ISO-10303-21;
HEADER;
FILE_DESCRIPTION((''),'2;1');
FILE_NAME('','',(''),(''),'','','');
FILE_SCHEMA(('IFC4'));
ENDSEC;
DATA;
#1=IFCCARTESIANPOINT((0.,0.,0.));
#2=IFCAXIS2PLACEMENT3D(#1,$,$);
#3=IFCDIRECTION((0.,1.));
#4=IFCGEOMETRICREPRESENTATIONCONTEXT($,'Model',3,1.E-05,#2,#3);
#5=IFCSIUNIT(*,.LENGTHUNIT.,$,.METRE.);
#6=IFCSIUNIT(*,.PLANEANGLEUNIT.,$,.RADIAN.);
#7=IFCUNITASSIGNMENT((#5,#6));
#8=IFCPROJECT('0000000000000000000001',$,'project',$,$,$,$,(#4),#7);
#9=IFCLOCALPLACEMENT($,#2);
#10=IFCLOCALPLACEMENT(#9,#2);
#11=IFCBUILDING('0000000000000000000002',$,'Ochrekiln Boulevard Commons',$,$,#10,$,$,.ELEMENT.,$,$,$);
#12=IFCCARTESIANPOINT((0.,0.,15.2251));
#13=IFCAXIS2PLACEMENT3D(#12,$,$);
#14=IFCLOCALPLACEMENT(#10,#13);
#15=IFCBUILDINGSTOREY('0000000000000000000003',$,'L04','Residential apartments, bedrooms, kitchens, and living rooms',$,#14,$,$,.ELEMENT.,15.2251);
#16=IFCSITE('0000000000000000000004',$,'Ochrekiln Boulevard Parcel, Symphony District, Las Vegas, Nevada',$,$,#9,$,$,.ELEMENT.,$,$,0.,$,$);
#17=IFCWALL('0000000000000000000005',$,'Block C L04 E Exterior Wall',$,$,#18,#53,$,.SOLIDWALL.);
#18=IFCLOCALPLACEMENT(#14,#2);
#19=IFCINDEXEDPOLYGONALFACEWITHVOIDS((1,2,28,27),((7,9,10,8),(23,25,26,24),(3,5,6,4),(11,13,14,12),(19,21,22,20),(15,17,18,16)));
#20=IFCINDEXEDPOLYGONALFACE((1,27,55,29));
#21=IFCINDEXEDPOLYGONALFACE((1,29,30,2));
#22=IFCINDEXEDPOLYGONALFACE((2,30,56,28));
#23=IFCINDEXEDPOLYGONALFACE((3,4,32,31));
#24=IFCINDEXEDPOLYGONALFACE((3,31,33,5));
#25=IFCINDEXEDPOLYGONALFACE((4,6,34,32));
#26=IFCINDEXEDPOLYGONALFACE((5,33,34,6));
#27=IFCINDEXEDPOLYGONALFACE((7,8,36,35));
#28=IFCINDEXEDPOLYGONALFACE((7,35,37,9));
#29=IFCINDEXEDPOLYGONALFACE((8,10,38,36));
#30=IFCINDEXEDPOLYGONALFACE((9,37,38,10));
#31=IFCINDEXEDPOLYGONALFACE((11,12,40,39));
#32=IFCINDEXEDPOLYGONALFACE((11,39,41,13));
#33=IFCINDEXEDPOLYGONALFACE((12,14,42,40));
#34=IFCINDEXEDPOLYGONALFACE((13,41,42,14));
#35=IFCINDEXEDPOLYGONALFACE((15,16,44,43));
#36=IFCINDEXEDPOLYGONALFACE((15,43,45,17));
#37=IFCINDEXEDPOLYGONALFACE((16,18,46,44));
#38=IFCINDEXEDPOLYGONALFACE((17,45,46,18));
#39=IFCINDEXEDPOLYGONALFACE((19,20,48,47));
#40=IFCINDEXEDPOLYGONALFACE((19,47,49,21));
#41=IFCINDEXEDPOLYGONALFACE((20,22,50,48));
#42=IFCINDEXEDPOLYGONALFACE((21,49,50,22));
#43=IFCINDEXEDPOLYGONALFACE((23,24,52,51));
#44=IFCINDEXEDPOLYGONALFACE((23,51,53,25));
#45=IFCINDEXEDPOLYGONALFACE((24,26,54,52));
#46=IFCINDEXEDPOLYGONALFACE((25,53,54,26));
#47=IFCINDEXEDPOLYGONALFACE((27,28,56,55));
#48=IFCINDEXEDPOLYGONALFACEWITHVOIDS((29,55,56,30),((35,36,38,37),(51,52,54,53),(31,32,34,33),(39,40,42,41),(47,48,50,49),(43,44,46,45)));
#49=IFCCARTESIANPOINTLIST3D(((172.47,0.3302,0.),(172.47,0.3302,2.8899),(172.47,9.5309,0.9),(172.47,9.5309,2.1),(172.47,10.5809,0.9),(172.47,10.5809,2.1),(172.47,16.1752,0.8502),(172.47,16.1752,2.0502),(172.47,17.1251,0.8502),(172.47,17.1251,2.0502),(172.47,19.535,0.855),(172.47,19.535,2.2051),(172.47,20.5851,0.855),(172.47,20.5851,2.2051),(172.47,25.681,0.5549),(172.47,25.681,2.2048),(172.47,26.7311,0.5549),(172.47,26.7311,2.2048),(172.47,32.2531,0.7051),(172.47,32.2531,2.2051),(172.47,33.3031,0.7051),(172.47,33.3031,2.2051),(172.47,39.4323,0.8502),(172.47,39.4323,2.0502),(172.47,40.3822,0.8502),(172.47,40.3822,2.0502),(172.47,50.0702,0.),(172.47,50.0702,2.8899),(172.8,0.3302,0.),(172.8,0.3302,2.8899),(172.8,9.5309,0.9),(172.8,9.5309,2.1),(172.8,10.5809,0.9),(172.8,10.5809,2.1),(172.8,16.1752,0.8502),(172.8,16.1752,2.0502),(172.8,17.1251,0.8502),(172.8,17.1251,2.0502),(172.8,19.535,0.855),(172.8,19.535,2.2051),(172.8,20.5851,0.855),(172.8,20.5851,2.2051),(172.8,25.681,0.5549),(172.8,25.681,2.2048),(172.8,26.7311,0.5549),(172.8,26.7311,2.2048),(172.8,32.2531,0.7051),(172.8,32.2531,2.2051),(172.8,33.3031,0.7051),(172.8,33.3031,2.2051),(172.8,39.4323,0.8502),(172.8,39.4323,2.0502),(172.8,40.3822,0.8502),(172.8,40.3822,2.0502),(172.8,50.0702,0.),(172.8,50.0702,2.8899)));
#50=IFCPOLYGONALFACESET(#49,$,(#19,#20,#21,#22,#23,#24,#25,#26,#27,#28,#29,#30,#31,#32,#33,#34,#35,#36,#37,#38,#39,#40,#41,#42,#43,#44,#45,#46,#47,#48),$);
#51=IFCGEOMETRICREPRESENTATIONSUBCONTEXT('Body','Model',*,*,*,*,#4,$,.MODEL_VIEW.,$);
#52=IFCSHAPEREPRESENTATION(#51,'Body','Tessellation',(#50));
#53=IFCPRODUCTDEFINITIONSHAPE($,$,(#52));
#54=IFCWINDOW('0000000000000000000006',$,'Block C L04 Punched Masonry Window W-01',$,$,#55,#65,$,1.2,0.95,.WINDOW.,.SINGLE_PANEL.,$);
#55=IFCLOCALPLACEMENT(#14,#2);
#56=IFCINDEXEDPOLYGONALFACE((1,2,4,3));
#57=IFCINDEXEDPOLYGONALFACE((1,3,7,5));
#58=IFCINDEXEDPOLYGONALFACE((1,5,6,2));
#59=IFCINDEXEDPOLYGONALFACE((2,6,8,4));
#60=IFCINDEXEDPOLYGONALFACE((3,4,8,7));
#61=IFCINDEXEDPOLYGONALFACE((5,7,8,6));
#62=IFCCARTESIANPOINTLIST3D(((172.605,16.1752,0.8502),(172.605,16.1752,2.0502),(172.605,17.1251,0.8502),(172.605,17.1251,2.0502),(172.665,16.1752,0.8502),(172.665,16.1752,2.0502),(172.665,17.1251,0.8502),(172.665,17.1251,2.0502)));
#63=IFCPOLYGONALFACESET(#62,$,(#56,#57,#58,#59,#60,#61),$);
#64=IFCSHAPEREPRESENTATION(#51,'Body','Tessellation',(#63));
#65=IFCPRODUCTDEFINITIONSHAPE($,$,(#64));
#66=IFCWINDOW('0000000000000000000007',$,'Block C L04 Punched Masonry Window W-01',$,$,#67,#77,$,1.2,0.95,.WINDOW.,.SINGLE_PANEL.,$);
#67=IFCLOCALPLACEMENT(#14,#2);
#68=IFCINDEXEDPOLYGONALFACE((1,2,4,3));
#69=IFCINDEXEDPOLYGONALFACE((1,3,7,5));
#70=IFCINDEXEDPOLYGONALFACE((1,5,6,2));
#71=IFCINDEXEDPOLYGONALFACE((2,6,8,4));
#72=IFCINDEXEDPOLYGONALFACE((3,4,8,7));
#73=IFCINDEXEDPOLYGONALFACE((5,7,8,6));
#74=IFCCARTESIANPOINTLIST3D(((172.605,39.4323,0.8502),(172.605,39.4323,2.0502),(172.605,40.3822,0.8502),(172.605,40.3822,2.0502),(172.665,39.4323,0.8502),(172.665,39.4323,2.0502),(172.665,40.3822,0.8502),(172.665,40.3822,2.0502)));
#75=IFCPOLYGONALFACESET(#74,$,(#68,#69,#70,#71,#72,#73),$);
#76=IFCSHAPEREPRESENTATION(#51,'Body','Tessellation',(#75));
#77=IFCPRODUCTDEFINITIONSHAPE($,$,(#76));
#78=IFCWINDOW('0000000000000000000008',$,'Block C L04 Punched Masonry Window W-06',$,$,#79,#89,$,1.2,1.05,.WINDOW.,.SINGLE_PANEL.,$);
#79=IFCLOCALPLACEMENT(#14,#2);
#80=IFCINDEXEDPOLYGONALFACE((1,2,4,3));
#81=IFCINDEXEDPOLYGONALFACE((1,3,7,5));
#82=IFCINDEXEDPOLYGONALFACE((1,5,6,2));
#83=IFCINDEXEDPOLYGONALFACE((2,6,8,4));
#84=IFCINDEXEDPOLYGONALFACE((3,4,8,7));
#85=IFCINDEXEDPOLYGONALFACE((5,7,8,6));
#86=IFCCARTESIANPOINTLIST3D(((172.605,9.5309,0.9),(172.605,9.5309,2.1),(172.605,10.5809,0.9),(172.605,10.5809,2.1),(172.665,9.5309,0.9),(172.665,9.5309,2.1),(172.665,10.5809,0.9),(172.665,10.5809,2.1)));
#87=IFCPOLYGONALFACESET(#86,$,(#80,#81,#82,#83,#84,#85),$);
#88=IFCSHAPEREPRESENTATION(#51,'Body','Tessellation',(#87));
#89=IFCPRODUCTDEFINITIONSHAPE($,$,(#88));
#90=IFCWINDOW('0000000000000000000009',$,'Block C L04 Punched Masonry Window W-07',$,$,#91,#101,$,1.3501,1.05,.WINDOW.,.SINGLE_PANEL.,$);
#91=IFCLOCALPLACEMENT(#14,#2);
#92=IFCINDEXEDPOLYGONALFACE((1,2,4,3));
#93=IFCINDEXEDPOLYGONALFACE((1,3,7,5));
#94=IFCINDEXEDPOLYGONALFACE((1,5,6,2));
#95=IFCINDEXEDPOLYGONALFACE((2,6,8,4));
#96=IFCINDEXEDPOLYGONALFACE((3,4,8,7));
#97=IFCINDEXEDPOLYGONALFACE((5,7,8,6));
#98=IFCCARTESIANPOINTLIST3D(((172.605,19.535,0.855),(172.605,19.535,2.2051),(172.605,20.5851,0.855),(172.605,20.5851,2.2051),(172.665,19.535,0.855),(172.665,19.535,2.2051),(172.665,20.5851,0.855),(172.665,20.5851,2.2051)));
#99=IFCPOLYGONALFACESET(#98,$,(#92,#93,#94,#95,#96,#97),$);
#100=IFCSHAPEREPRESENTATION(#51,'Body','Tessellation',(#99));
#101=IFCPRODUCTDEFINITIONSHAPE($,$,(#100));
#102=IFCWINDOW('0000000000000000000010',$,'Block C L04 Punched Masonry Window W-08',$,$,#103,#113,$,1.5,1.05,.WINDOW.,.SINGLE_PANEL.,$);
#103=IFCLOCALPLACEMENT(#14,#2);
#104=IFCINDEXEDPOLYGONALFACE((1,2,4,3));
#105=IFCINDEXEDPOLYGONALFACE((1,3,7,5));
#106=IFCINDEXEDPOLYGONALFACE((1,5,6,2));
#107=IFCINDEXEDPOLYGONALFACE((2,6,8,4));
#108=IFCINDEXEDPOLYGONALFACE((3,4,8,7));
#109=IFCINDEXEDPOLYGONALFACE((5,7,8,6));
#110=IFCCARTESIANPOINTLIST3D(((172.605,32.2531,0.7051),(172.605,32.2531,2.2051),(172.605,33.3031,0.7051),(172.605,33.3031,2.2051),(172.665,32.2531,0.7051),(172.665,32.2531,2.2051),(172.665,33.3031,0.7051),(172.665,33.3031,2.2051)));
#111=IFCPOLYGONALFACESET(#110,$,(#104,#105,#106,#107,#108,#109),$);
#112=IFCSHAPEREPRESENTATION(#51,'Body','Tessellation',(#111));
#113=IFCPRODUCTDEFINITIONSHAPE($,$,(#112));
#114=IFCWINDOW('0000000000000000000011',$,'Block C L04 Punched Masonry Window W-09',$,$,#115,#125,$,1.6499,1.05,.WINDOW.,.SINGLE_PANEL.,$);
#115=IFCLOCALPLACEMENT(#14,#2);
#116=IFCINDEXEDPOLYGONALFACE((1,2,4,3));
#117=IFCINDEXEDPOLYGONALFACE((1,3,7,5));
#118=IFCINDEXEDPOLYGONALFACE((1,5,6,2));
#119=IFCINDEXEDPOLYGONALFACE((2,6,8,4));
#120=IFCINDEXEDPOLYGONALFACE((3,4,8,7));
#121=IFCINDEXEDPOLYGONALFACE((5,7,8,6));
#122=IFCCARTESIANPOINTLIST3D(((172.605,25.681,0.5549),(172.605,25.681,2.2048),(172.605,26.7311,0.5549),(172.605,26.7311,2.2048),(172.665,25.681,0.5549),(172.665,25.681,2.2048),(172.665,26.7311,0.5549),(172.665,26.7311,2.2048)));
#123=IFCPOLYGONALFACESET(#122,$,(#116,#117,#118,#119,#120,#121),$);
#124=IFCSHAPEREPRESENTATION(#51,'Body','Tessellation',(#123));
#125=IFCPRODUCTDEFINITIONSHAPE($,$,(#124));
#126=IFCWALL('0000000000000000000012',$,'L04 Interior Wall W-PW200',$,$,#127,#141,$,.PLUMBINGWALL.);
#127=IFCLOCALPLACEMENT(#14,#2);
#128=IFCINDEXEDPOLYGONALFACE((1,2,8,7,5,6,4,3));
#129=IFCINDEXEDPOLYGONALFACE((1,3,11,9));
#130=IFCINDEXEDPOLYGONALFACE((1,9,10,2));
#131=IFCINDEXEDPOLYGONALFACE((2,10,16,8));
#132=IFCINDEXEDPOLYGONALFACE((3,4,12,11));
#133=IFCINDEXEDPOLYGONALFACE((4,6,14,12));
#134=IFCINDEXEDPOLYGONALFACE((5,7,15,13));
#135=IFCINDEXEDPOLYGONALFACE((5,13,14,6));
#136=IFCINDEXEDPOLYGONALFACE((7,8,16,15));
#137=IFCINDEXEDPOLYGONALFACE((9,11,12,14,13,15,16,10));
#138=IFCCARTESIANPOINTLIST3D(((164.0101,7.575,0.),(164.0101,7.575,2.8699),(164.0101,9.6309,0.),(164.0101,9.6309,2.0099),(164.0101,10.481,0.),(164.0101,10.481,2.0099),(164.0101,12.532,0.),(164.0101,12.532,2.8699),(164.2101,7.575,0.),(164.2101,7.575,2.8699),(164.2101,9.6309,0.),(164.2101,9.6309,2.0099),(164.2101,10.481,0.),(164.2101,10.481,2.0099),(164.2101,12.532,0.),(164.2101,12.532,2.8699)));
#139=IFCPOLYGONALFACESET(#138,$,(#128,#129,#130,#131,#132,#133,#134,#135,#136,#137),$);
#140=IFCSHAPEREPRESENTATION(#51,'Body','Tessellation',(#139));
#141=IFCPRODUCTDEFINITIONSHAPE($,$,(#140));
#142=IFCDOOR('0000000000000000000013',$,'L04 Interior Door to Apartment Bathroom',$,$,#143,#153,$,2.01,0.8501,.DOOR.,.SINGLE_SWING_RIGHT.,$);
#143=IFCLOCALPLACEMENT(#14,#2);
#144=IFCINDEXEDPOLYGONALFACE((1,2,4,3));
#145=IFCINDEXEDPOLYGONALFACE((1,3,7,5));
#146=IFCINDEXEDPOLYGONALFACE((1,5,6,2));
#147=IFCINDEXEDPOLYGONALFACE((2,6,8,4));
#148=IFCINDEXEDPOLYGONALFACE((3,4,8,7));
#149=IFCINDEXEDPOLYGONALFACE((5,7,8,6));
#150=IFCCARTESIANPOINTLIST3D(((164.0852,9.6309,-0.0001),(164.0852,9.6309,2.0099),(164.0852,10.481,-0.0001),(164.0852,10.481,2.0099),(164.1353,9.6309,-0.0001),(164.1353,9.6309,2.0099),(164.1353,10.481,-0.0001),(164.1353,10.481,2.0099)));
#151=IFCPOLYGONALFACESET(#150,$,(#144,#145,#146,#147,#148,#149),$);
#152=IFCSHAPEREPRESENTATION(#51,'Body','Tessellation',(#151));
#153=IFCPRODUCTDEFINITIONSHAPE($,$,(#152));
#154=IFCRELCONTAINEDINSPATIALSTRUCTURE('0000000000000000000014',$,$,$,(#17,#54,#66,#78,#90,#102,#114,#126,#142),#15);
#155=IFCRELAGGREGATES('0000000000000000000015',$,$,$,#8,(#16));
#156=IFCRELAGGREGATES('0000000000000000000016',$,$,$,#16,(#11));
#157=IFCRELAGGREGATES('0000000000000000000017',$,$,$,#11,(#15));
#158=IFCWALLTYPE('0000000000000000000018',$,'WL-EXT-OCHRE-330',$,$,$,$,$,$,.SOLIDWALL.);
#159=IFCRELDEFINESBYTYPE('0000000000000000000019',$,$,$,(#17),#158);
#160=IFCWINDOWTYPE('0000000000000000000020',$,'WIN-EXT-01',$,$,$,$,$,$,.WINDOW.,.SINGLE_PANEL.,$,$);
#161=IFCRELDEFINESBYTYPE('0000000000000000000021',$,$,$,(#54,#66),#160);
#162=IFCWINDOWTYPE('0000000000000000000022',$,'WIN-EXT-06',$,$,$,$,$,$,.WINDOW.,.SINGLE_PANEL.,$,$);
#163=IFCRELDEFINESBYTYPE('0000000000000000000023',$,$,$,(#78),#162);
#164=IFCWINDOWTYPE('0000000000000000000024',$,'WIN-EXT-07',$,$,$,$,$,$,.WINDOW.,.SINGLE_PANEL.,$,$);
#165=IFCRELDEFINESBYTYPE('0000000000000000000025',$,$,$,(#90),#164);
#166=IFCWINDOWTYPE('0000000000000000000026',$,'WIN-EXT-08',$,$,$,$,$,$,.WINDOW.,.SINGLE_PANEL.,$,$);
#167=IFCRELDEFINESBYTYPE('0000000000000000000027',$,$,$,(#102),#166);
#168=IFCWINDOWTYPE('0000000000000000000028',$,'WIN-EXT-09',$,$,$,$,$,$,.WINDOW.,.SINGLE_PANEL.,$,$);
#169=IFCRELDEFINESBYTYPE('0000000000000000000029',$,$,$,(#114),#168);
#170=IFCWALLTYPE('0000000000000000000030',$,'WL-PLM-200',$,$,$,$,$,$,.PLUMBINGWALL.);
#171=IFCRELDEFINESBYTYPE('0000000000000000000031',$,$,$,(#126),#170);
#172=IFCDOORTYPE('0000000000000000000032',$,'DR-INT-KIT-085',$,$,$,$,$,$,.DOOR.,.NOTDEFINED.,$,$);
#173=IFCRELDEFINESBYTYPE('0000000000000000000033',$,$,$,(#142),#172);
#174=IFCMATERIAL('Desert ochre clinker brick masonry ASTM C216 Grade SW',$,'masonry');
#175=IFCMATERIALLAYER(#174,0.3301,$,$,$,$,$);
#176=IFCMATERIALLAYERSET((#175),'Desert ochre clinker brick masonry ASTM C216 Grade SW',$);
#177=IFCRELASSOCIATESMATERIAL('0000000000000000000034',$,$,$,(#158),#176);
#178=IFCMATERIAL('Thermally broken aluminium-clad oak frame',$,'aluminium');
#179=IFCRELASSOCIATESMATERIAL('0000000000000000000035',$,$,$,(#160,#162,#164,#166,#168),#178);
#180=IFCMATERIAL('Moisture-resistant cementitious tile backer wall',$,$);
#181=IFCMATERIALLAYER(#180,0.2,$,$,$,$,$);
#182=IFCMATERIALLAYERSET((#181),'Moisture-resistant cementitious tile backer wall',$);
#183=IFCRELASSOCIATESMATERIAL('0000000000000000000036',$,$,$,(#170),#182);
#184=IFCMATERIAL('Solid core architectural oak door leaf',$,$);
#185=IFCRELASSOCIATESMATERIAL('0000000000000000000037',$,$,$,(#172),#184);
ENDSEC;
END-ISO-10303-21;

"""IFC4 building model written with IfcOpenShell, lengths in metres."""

from ifc_helpers import new_model, si_unit, direction, frame, frame_2d, origin, place, context, subcontext, project, spatial, rectangle, extrude, material, layer, layer_set, type_object, element, fill, save


model = new_model("IFC4")

# Units and contexts
model_context = context("Model", 3, precision=1e-05, world=origin(), true_north=direction((0.0, 1.0)))
body_context = subcontext(model_context, "Body", "Model", "MODEL_VIEW")
ifc_project = project(units=[si_unit("LENGTHUNIT", "METRE"), si_unit("PLANEANGLEUNIT", "RADIAN")], contexts=[model_context])

# Site, building, storey
site_placement = place(None, origin())
site = spatial("IfcSite", under=ifc_project, at=site_placement, Name="Ochrekiln Boulevard Parcel, Symphony District, Las Vegas, Nevada", CompositionType="ELEMENT", RefElevation=0.0)
building_placement = place(site_placement, origin())
building = spatial("IfcBuilding", under=site, at=building_placement, Name="Ochrekiln Boulevard Commons", CompositionType="ELEMENT")
storey_placement = place(building_placement, frame((0.0, 0.0, 15.2251)))
storey = spatial("IfcBuildingStorey", under=building, at=storey_placement, Name="L04", Description="Residential apartments, bedrooms, kitchens, and living rooms", CompositionType="ELEMENT", Elevation=15.2251)

# Wall, openings, windows
ifc_material_1 = material(Name="Desert ochre clinker brick masonry ASTM C216 Grade SW", Category="masonry")
ifc_layer_1 = layer(ifc_material_1, 0.3301)
ifc_layer_set_1 = layer_set([ifc_layer_1], Name="Desert ochre clinker brick masonry ASTM C216 Grade SW")
wall_type_1 = type_object("IfcWallType", Name="WL-EXT-OCHRE-330", PredefinedType="SOLIDWALL", material=ifc_layer_set_1)
wall_1_placement = place(storey_placement, frame((172.635, 0.3301, 0.0), z_axis=(0.0, 0.0, 1.0), x_axis=(0.0, 1.0, 0.0)))
wall_1 = element("IfcWall", 1, at=wall_1_placement, inside=storey, type_object=wall_type_1, Name="Block C L04 E Exterior Wall", PredefinedType="SOLIDWALL", context=body_context, shape_type="SweptSolid", body=[
    extrude(rectangle(XDim=49.74, YDim=0.3301, at=frame_2d((24.8701, 0.0))), origin(), (0.0, 0.0, 1.0), 2.8899),
])
opening_1_placement = place(wall_1_placement, frame((15.845, 0.0, 0.8501)))
opening_1 = element("IfcOpeningElement", 2, at=opening_1_placement, cuts=wall_1, PredefinedType="OPENING", context=body_context, shape_type="SweptSolid", body=[
    extrude(rectangle(XDim=0.95, YDim=1.2, at=frame_2d((0.4751, 0.6001))), frame((0.0, 0.175, 0.0), z_axis=(0.0, -1.0, 0.0), x_axis=(1.0, 0.0, 0.0)), (0.0, 0.0, 1.0), 0.3501),
])
opening_2_placement = place(wall_1_placement, frame((9.2009, 0.0, 0.8999)))
opening_2 = element("IfcOpeningElement", 3, at=opening_2_placement, cuts=wall_1, PredefinedType="OPENING", context=body_context, shape_type="SweptSolid", body=[
    extrude(rectangle(XDim=1.05, YDim=1.2, at=frame_2d((0.5249, 0.6001))), frame((0.0, 0.175, 0.0), z_axis=(0.0, -1.0, 0.0), x_axis=(1.0, 0.0, 0.0)), (0.0, 0.0, 1.0), 0.3501),
])
opening_3_placement = place(wall_1_placement, frame((19.2051, 0.0, 0.855)))
opening_3 = element("IfcOpeningElement", 4, at=opening_3_placement, cuts=wall_1, PredefinedType="OPENING", context=body_context, shape_type="SweptSolid", body=[
    extrude(rectangle(XDim=1.05, YDim=1.3501, at=frame_2d((0.5249, 0.675))), frame((0.0, 0.175, 0.0), z_axis=(0.0, -1.0, 0.0), x_axis=(1.0, 0.0, 0.0)), (0.0, 0.0, 1.0), 0.3501),
])
opening_4_placement = place(wall_1_placement, frame((31.9231, 0.0, 0.7051)))
opening_4 = element("IfcOpeningElement", 5, at=opening_4_placement, cuts=wall_1, PredefinedType="OPENING", context=body_context, shape_type="SweptSolid", body=[
    extrude(rectangle(XDim=1.05, YDim=1.5, at=frame_2d((0.5249, 0.75))), frame((0.0, 0.175, 0.0), z_axis=(0.0, -1.0, 0.0), x_axis=(1.0, 0.0, 0.0)), (0.0, 0.0, 1.0), 0.3501),
])
opening_5_placement = place(wall_1_placement, frame((25.3511, 0.0, 0.5549)))
opening_5 = element("IfcOpeningElement", 6, at=opening_5_placement, cuts=wall_1, PredefinedType="OPENING", context=body_context, shape_type="SweptSolid", body=[
    extrude(rectangle(XDim=1.05, YDim=1.6499, at=frame_2d((0.5249, 0.825))), frame((0.0, 0.175, 0.0), z_axis=(0.0, -1.0, 0.0), x_axis=(1.0, 0.0, 0.0)), (0.0, 0.0, 1.0), 0.3501),
])
opening_6_placement = place(wall_1_placement, frame((39.1021, 0.0, 0.8501)))
opening_6 = element("IfcOpeningElement", 7, at=opening_6_placement, cuts=wall_1, PredefinedType="OPENING", context=body_context, shape_type="SweptSolid", body=[
    extrude(rectangle(XDim=0.95, YDim=1.2, at=frame_2d((0.4751, 0.6001))), frame((0.0, 0.175, 0.0), z_axis=(0.0, -1.0, 0.0), x_axis=(1.0, 0.0, 0.0)), (0.0, 0.0, 1.0), 0.3501),
])
ifc_material_2 = material(Name="Thermally broken aluminium-clad oak frame", Category="aluminium")
window_type_1 = type_object("IfcWindowType", Name="WIN-EXT-01", PartitioningType="SINGLE_PANEL", PredefinedType="WINDOW", material=ifc_material_2)
window_1_placement = place(opening_1_placement, origin())
window_1 = element("IfcWindow", 8, at=window_1_placement, inside=storey, type_object=window_type_1, Name="Block C L04 Punched Masonry Window W-01", OverallHeight=1.2, OverallWidth=0.95, PartitioningType="SINGLE_PANEL", PredefinedType="WINDOW", context=body_context, shape_type="SweptSolid", body=[
    extrude(rectangle(XDim=0.95, YDim=1.2, at=frame_2d((0.4751, 0.6001))), frame((0.0, 0.03, 0.0), z_axis=(0.0, -1.0, 0.0), x_axis=(1.0, 0.0, 0.0)), (0.0, 0.0, 1.0), 0.0601),
])
fill(opening_1, window_1)
window_2_placement = place(opening_6_placement, origin())
window_2 = element("IfcWindow", 9, at=window_2_placement, inside=storey, type_object=window_type_1, Name="Block C L04 Punched Masonry Window W-01", OverallHeight=1.2, OverallWidth=0.95, PartitioningType="SINGLE_PANEL", PredefinedType="WINDOW", context=body_context, shape_type="SweptSolid", body=[
    extrude(rectangle(XDim=0.95, YDim=1.2, at=frame_2d((0.4751, 0.6001))), frame((0.0, 0.03, 0.0), z_axis=(0.0, -1.0, 0.0), x_axis=(1.0, 0.0, 0.0)), (0.0, 0.0, 1.0), 0.0601),
])
fill(opening_6, window_2)
window_type_2 = type_object("IfcWindowType", Name="WIN-EXT-06", PartitioningType="SINGLE_PANEL", PredefinedType="WINDOW", material=ifc_material_2)
window_3_placement = place(opening_2_placement, origin())
window_3 = element("IfcWindow", 10, at=window_3_placement, inside=storey, type_object=window_type_2, Name="Block C L04 Punched Masonry Window W-06", OverallHeight=1.2, OverallWidth=1.05, PartitioningType="SINGLE_PANEL", PredefinedType="WINDOW", context=body_context, shape_type="SweptSolid", body=[
    extrude(rectangle(XDim=1.05, YDim=1.2, at=frame_2d((0.5249, 0.6001))), frame((0.0, 0.03, 0.0), z_axis=(0.0, -1.0, 0.0), x_axis=(1.0, 0.0, 0.0)), (0.0, 0.0, 1.0), 0.0601),
])
fill(opening_2, window_3)
window_type_3 = type_object("IfcWindowType", Name="WIN-EXT-07", PartitioningType="SINGLE_PANEL", PredefinedType="WINDOW", material=ifc_material_2)
window_4_placement = place(opening_3_placement, origin())
window_4 = element("IfcWindow", 11, at=window_4_placement, inside=storey, type_object=window_type_3, Name="Block C L04 Punched Masonry Window W-07", OverallHeight=1.3501, OverallWidth=1.05, PartitioningType="SINGLE_PANEL", PredefinedType="WINDOW", context=body_context, shape_type="SweptSolid", body=[
    extrude(rectangle(XDim=1.05, YDim=1.3501, at=frame_2d((0.5249, 0.675))), frame((0.0, 0.03, 0.0), z_axis=(0.0, -1.0, 0.0), x_axis=(1.0, 0.0, 0.0)), (0.0, 0.0, 1.0), 0.0601),
])
fill(opening_3, window_4)
window_type_4 = type_object("IfcWindowType", Name="WIN-EXT-08", PartitioningType="SINGLE_PANEL", PredefinedType="WINDOW", material=ifc_material_2)
window_5_placement = place(opening_4_placement, origin())
window_5 = element("IfcWindow", 12, at=window_5_placement, inside=storey, type_object=window_type_4, Name="Block C L04 Punched Masonry Window W-08", OverallHeight=1.5, OverallWidth=1.05, PartitioningType="SINGLE_PANEL", PredefinedType="WINDOW", context=body_context, shape_type="SweptSolid", body=[
    extrude(rectangle(XDim=1.05, YDim=1.5, at=frame_2d((0.5249, 0.75))), frame((0.0, 0.03, 0.0), z_axis=(0.0, -1.0, 0.0), x_axis=(1.0, 0.0, 0.0)), (0.0, 0.0, 1.0), 0.0601),
])
fill(opening_4, window_5)
window_type_5 = type_object("IfcWindowType", Name="WIN-EXT-09", PartitioningType="SINGLE_PANEL", PredefinedType="WINDOW", material=ifc_material_2)
window_6_placement = place(opening_5_placement, origin())
window_6 = element("IfcWindow", 13, at=window_6_placement, inside=storey, type_object=window_type_5, Name="Block C L04 Punched Masonry Window W-09", OverallHeight=1.6499, OverallWidth=1.05, PartitioningType="SINGLE_PANEL", PredefinedType="WINDOW", context=body_context, shape_type="SweptSolid", body=[
    extrude(rectangle(XDim=1.05, YDim=1.6499, at=frame_2d((0.5249, 0.825))), frame((0.0, 0.03, 0.0), z_axis=(0.0, -1.0, 0.0), x_axis=(1.0, 0.0, 0.0)), (0.0, 0.0, 1.0), 0.0601),
])
fill(opening_5, window_6)

# Wall, opening, door
ifc_material_3 = material(Name="Moisture-resistant cementitious tile backer wall")
ifc_layer_2 = layer(ifc_material_3, 0.2)
ifc_layer_set_2 = layer_set([ifc_layer_2], Name="Moisture-resistant cementitious tile backer wall")
wall_type_2 = type_object("IfcWallType", Name="WL-PLM-200", PredefinedType="PLUMBINGWALL", material=ifc_layer_set_2)
wall_2_placement = place(storey_placement, frame((164.1101, 7.575, 0.0), z_axis=(0.0, 0.0, 1.0), x_axis=(0.0, 1.0, 0.0)))
wall_2 = element("IfcWall", 14, at=wall_2_placement, inside=storey, type_object=wall_type_2, Name="L04 Interior Wall W-PW200", PredefinedType="PLUMBINGWALL", context=body_context, shape_type="SweptSolid", body=[
    extrude(rectangle(XDim=4.957, YDim=0.2, at=frame_2d((2.4785, 0.0))), origin(), (0.0, 0.0, 1.0), 2.8699),
])
opening_7_placement = place(wall_2_placement, frame((2.0559, 0.0, 0.0)))
opening_7 = element("IfcOpeningElement", 15, at=opening_7_placement, cuts=wall_2, PredefinedType="OPENING", context=body_context, shape_type="SweptSolid", body=[
    extrude(rectangle(XDim=0.8501, YDim=2.01, at=frame_2d((0.425, 1.0049))), frame((0.0, 0.1099, 0.0), z_axis=(0.0, -1.0, 0.0), x_axis=(1.0, 0.0, 0.0)), (0.0, 0.0, 1.0), 0.22),
])
ifc_material_4 = material(Name="Solid core architectural oak door leaf")
door_type_1 = type_object("IfcDoorType", Name="DR-INT-KIT-085", OperationType="NOTDEFINED", PredefinedType="DOOR", material=ifc_material_4)
door_1_placement = place(opening_7_placement, origin())
door_1 = element("IfcDoor", 16, at=door_1_placement, inside=storey, type_object=door_type_1, Name="L04 Interior Door to Apartment Bathroom", OperationType="SINGLE_SWING_RIGHT", OverallHeight=2.01, OverallWidth=0.8501, PredefinedType="DOOR", context=body_context, shape_type="SweptSolid", body=[
    extrude(rectangle(XDim=0.8501, YDim=2.01, at=frame_2d((0.425, 1.0049))), frame((0.0, 0.0249, 0.0), z_axis=(0.0, -1.0, 0.0), x_axis=(1.0, 0.0, 0.0)), (0.0, 0.0, 1.0), 0.05),
])
fill(opening_7, door_1)

save(model, "model.ifc")
